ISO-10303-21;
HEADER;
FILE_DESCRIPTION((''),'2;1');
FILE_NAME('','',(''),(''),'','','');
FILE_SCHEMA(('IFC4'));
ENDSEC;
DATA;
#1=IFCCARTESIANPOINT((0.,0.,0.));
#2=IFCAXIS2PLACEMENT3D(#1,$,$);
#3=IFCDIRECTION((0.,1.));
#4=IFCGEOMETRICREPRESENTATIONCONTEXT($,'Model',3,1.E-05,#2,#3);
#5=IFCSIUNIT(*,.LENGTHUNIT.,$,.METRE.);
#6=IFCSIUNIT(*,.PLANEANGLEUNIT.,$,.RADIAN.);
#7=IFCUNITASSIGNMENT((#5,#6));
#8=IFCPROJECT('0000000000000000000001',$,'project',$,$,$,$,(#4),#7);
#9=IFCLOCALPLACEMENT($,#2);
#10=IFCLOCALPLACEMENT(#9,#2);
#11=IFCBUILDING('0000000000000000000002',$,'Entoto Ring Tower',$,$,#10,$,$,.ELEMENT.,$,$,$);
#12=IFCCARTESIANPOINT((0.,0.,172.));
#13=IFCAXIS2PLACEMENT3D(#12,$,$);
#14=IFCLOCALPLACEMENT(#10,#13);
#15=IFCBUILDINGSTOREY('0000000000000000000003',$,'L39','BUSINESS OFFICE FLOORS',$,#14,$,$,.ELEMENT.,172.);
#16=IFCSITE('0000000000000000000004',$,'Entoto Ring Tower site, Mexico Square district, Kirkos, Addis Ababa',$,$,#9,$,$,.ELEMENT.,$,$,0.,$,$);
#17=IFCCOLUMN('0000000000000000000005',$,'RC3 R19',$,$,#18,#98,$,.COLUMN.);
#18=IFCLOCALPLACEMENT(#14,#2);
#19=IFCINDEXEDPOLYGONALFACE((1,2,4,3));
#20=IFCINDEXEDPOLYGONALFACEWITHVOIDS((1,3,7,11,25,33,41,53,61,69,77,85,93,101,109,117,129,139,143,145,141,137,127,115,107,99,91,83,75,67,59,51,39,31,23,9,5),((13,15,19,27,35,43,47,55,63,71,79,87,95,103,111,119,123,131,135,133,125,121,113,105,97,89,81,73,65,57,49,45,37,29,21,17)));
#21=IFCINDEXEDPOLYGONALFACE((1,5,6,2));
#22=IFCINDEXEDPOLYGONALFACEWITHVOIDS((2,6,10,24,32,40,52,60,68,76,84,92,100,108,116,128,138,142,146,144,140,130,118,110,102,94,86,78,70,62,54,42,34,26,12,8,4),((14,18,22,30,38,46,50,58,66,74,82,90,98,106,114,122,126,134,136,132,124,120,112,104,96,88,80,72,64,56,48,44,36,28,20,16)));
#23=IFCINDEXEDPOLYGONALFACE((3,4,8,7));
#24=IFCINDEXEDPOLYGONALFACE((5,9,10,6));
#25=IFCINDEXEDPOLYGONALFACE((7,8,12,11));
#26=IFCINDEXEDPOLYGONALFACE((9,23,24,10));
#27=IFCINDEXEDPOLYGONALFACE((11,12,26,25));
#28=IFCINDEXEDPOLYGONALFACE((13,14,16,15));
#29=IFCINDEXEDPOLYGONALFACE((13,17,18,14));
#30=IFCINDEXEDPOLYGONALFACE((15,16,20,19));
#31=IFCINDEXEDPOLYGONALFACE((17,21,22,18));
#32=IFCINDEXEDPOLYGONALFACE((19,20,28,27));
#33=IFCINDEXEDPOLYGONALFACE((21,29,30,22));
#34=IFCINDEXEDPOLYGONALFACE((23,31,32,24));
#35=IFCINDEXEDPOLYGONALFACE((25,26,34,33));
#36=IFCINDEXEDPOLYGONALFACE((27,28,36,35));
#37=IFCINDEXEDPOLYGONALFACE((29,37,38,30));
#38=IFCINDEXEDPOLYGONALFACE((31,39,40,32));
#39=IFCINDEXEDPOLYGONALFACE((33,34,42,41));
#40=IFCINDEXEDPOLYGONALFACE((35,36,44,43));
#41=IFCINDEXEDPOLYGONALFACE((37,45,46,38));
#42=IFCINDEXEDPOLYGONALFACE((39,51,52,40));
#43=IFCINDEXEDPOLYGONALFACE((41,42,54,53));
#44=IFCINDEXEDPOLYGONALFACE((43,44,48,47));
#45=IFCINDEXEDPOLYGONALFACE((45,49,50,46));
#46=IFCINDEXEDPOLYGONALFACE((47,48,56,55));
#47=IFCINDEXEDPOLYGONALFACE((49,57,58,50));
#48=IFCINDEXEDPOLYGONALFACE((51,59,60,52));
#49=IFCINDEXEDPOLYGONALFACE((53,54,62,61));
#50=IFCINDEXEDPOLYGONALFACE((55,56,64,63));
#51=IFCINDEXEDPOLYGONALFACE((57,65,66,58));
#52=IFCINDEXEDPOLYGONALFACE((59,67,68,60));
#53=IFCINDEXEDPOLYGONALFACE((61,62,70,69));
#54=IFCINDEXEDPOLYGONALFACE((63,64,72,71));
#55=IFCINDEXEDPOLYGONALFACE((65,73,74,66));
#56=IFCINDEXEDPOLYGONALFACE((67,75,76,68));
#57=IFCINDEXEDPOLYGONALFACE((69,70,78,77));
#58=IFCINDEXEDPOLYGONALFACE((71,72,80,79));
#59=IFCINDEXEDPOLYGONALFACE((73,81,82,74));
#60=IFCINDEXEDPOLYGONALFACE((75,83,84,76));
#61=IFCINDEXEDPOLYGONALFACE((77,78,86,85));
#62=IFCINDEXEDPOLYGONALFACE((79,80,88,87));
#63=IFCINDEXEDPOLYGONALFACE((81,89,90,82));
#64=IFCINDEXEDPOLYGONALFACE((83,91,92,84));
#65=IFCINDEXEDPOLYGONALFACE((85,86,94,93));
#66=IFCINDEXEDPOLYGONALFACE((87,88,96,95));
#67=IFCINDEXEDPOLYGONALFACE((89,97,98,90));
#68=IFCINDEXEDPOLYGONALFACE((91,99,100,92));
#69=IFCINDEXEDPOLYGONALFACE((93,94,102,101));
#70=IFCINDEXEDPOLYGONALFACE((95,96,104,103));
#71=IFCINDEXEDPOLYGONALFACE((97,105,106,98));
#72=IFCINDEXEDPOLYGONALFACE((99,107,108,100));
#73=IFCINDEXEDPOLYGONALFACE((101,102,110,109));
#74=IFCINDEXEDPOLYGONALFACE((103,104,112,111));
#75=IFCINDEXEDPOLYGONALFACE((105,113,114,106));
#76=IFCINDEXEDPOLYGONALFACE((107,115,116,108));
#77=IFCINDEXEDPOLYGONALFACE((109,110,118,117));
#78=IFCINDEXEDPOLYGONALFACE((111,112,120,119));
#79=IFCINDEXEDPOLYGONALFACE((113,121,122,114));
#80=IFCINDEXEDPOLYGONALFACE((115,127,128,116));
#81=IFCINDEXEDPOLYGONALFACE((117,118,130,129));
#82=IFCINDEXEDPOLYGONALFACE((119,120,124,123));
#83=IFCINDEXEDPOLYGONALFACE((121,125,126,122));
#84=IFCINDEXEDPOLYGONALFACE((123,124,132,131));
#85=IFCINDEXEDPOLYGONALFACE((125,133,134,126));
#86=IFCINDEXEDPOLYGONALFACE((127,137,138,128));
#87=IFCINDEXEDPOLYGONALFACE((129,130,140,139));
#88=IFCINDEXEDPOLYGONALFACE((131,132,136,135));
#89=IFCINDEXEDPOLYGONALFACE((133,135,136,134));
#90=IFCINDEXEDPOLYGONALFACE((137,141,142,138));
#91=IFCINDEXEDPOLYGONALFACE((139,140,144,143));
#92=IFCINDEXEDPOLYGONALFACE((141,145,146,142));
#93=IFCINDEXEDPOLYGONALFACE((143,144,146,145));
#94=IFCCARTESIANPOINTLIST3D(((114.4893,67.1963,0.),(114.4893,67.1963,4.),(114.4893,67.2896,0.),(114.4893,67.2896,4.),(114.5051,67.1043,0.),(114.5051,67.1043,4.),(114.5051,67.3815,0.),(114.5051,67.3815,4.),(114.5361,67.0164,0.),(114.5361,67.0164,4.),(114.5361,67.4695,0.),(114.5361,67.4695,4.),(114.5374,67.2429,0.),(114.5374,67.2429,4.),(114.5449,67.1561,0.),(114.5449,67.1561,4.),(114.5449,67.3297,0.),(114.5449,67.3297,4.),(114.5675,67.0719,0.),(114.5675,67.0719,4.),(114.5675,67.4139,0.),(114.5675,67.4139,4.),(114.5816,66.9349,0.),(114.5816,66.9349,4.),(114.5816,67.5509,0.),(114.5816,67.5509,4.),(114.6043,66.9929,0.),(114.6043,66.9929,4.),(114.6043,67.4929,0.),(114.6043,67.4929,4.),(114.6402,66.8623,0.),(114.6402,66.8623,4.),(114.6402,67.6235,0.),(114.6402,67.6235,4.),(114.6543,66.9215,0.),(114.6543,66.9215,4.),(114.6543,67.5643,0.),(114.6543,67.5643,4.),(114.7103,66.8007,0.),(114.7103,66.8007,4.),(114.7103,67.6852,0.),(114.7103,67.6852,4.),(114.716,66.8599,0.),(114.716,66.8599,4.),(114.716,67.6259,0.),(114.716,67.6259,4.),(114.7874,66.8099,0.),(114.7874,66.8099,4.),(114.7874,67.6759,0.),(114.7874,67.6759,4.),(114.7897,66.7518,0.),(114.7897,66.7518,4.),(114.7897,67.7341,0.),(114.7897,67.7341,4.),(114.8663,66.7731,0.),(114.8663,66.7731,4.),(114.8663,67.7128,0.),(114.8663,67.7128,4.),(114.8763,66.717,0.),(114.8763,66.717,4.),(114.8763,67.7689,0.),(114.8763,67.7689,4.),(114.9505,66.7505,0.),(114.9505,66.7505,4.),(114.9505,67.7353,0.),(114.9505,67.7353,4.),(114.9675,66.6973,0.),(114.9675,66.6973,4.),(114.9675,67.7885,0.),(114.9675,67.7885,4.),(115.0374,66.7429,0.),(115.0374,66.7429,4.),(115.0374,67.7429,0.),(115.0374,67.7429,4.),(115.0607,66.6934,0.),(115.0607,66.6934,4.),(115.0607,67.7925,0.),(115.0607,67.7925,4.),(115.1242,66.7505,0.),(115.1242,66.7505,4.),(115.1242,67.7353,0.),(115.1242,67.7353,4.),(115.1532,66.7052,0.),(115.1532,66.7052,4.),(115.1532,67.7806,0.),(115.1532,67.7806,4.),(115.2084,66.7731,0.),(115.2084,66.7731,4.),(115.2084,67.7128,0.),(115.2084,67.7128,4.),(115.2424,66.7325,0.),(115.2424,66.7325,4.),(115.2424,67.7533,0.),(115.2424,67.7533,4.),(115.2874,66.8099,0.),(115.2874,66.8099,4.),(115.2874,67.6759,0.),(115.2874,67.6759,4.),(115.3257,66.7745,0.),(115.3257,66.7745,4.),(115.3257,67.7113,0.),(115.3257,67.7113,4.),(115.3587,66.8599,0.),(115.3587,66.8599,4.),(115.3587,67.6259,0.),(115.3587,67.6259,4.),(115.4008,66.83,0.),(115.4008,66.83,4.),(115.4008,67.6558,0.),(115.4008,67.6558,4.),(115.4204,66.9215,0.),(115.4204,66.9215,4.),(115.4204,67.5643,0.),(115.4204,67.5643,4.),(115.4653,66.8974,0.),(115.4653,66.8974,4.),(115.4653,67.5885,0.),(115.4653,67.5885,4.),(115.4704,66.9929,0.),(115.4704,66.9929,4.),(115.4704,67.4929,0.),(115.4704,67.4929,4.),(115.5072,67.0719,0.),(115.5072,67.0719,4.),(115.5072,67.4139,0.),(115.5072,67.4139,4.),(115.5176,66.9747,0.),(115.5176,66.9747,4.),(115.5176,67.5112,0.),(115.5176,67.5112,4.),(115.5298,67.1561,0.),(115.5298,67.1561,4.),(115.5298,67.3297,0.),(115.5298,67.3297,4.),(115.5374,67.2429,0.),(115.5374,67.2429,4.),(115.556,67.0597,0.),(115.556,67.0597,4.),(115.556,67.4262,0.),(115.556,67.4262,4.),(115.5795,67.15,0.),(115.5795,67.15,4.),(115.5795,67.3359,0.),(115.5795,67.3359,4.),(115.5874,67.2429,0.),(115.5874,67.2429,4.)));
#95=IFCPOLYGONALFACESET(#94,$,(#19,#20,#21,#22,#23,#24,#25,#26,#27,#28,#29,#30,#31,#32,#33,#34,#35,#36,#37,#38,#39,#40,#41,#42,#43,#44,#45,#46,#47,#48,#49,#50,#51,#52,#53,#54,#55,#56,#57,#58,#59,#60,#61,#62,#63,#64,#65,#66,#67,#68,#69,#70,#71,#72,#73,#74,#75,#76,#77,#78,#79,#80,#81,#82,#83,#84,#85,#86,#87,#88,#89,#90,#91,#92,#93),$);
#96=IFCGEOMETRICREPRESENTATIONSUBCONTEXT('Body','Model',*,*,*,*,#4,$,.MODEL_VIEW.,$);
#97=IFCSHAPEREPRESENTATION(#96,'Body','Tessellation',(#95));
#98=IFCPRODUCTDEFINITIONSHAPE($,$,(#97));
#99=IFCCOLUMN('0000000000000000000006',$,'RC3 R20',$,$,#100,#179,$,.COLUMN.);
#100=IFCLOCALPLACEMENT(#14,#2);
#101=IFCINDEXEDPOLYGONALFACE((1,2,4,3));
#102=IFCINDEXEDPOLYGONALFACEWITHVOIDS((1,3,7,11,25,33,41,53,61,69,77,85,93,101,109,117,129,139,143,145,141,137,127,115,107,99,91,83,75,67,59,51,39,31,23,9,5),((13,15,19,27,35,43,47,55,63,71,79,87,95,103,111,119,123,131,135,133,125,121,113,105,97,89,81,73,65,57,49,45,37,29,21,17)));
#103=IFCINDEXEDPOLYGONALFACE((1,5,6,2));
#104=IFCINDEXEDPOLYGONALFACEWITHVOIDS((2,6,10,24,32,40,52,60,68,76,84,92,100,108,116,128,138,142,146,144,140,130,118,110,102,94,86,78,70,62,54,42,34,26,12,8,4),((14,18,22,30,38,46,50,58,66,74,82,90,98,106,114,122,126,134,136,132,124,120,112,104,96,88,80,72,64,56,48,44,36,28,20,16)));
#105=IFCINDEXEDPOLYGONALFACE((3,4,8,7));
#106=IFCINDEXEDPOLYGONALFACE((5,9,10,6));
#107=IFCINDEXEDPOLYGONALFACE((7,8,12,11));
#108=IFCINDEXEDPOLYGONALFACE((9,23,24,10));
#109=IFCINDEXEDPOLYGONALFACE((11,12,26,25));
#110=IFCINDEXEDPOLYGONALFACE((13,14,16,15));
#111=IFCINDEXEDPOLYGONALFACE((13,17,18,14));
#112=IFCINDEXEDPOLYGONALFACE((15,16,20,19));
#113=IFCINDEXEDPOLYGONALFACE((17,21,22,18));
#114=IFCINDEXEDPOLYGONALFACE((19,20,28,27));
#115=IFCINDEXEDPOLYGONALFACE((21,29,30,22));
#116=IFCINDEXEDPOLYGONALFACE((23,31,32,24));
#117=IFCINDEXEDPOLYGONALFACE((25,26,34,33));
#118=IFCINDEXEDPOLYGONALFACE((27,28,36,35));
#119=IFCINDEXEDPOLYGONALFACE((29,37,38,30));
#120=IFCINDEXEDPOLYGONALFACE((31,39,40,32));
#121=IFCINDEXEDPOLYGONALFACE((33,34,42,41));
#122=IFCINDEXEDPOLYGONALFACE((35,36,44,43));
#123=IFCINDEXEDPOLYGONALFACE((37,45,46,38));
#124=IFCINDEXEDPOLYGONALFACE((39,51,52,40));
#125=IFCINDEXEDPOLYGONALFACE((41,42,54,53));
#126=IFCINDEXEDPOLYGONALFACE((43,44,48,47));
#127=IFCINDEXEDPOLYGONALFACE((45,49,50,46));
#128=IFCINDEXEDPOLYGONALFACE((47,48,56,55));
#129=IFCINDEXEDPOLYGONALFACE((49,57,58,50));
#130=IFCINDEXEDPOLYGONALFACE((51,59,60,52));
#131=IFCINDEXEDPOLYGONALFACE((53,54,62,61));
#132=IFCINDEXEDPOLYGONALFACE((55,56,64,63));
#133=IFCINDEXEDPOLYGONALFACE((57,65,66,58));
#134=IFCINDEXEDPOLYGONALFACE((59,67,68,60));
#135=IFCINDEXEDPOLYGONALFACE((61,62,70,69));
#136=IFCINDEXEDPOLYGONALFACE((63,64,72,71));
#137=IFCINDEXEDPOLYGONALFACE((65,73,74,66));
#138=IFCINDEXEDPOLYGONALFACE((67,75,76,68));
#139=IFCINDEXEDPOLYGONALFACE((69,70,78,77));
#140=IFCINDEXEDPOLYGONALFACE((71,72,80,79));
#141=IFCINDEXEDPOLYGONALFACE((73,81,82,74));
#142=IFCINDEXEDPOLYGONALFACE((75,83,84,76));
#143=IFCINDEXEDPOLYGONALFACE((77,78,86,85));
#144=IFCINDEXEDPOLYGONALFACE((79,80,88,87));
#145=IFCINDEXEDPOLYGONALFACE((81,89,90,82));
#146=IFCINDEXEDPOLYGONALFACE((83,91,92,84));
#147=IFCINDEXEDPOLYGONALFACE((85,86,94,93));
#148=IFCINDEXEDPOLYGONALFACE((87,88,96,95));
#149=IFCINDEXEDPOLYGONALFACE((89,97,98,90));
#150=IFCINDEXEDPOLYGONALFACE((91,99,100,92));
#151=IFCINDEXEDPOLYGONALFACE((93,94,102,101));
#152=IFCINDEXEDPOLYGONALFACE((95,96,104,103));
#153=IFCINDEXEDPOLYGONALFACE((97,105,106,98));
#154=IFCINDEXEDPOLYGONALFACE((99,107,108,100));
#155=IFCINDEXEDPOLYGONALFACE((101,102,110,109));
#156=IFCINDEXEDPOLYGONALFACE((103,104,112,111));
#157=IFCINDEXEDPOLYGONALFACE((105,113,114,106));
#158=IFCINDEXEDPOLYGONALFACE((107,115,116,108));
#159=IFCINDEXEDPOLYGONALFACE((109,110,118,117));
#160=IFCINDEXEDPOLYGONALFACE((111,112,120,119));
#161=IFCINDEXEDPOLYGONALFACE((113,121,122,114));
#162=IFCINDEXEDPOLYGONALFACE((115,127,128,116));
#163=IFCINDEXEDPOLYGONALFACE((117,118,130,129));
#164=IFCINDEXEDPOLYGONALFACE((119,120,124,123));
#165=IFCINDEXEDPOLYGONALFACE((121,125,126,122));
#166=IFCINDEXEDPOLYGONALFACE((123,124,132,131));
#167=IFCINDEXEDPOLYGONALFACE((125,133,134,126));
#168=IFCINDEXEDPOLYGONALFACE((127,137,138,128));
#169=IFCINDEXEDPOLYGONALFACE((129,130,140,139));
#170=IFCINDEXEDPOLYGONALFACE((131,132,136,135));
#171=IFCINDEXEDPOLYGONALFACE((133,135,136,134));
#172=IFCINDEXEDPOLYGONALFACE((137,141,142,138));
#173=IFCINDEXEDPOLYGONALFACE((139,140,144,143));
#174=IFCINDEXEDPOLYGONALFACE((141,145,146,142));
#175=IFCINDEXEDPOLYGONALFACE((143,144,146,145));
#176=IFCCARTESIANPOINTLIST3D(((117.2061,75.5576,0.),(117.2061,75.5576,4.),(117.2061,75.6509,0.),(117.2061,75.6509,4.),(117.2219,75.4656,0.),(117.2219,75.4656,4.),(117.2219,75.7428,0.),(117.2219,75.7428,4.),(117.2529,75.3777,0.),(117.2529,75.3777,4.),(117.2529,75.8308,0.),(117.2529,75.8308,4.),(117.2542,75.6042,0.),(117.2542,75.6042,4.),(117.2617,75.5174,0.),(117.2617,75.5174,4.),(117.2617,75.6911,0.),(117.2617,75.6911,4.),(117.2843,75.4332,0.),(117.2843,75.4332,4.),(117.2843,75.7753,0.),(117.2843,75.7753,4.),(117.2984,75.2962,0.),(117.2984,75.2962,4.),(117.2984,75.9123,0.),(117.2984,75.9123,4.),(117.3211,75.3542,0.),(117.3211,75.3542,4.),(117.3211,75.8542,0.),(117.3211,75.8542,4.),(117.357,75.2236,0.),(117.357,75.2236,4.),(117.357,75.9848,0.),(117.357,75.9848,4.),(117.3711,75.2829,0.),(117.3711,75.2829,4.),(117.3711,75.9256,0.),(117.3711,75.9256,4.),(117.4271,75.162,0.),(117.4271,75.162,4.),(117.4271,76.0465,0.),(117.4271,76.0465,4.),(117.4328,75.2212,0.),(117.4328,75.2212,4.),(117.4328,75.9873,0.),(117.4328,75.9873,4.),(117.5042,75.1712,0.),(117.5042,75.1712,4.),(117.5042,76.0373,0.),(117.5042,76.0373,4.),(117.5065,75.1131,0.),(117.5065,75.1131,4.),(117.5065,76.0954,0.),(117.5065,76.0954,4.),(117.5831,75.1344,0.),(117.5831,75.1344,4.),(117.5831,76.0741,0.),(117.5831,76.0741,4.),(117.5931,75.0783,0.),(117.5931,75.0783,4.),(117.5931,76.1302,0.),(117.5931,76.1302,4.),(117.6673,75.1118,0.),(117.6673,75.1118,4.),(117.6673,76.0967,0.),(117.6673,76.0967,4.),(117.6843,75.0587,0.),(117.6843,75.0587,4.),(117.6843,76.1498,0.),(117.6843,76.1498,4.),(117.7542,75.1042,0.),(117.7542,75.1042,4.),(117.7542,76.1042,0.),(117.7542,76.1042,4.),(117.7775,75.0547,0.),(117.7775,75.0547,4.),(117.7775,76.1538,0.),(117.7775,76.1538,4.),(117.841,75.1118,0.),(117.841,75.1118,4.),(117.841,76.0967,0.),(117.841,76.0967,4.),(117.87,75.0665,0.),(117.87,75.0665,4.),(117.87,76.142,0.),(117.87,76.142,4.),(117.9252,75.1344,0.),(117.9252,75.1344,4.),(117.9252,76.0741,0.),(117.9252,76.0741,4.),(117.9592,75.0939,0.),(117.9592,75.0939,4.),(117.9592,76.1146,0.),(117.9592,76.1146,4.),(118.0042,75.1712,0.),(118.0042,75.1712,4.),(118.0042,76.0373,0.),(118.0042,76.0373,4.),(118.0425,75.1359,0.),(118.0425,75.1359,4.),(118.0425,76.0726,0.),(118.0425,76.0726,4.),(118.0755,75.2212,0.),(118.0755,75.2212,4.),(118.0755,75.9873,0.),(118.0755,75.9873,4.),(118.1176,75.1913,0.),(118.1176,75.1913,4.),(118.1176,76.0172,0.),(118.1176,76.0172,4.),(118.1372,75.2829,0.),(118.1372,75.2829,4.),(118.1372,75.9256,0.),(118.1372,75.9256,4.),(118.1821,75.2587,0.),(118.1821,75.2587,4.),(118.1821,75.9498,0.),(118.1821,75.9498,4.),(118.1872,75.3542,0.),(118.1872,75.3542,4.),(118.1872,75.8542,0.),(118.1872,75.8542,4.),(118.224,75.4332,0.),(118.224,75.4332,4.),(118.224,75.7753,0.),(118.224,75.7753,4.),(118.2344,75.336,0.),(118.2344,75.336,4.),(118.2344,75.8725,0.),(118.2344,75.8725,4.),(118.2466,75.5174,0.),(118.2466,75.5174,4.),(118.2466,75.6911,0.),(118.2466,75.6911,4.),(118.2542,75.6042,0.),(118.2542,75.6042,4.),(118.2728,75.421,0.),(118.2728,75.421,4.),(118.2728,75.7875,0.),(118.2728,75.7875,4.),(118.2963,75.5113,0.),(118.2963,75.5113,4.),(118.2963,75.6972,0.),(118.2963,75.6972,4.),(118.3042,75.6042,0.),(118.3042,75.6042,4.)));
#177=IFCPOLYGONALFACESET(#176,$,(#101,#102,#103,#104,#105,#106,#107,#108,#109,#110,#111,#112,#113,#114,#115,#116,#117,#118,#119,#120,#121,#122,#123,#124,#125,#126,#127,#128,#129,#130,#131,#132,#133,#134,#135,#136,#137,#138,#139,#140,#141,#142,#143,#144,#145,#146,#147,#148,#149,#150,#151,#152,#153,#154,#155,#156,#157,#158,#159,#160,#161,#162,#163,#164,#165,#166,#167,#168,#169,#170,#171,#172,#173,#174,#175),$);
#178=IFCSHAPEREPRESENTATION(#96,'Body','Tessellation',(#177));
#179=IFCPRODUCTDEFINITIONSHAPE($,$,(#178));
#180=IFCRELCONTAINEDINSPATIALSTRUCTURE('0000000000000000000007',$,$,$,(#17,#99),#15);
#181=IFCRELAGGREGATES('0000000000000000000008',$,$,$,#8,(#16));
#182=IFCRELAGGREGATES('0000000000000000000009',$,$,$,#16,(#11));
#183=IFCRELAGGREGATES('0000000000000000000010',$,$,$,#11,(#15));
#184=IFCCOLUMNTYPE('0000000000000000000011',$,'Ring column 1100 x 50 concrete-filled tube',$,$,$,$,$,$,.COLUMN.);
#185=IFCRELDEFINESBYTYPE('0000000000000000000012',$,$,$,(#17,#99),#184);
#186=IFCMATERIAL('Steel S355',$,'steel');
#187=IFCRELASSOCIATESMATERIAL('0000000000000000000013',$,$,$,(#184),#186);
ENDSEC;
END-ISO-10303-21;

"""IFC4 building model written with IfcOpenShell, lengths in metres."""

from ifc_helpers import new_model, si_unit, direction, frame, origin, origin_2d, place, context, subcontext, project, spatial, circle, hollow_circle, extrude, material, material_profile, profile_set, type_object, element, save


model = new_model("IFC4")

# Units and contexts
model_context = context("Model", 3, precision=1e-05, world=origin(), true_north=direction((0.0, 1.0)))
body_context = subcontext(model_context, "Body", "Model", "MODEL_VIEW")
ifc_project = project(units=[si_unit("LENGTHUNIT", "METRE"), si_unit("PLANEANGLEUNIT", "RADIAN")], contexts=[model_context])

# Site, building, storey
site_placement = place(None, origin())
site = spatial("IfcSite", under=ifc_project, at=site_placement, Name="Entoto Ring Tower site, Mexico Square district, Kirkos, Addis Ababa", CompositionType="ELEMENT", RefElevation=0.0)
building_placement = place(site_placement, origin())
building = spatial("IfcBuilding", under=site, at=building_placement, Name="Entoto Ring Tower", CompositionType="ELEMENT")
storey_placement = place(building_placement, frame((0.0, 0.0, 172.0)))
storey = spatial("IfcBuildingStorey", under=building, at=storey_placement, Name="L39", Description="BUSINESS OFFICE FLOORS", CompositionType="ELEMENT", Elevation=172.0)

# Columns
ifc_material_1 = material(Name="Steel S355", Category="steel")
ifc_material_profile_1 = material_profile(ifc_material_1, hollow_circle(Radius=0.55, WallThickness=0.05, at=origin_2d()), Name="CHS 1100 x 50")
ifc_material_2 = material(Name="Concrete C60/75", Category="concrete")
ifc_material_profile_2 = material_profile(ifc_material_2, circle(Radius=0.5, at=origin_2d()), Name="Concrete C60/75 infill")
ifc_profile_set_1 = profile_set([ifc_material_profile_1, ifc_material_profile_2], Name="Steel S355")
column_type = type_object("IfcColumnType", Name="Ring column 1100 x 50 concrete-filled tube", PredefinedType="COLUMN", material=ifc_profile_set_1)
for number, where, z_axis, x_axis, name in (
    (1, (115.0374, 67.2429, 0.0), (0.0, 0.0, 1.0), (1.0, 0.0, 0.0), "RC3 R19"),
    (2, (117.7542, 75.6042, 0.0), (0.0, 0.0, 1.0), (1.0, 0.0, 0.0), "RC3 R20"),
):
    element("IfcColumn", number, at=place(storey_placement, frame(where, z_axis=z_axis, x_axis=x_axis)), inside=storey, type_object=column_type, Name=name, PredefinedType="COLUMN", context=body_context, shape_type="SweptSolid", body=[
        extrude(hollow_circle(Radius=0.55, WallThickness=0.05, at=origin_2d()), origin(), (0.0, 0.0, 1.0), 4.0),
    ])

save(model, "model.ifc")
